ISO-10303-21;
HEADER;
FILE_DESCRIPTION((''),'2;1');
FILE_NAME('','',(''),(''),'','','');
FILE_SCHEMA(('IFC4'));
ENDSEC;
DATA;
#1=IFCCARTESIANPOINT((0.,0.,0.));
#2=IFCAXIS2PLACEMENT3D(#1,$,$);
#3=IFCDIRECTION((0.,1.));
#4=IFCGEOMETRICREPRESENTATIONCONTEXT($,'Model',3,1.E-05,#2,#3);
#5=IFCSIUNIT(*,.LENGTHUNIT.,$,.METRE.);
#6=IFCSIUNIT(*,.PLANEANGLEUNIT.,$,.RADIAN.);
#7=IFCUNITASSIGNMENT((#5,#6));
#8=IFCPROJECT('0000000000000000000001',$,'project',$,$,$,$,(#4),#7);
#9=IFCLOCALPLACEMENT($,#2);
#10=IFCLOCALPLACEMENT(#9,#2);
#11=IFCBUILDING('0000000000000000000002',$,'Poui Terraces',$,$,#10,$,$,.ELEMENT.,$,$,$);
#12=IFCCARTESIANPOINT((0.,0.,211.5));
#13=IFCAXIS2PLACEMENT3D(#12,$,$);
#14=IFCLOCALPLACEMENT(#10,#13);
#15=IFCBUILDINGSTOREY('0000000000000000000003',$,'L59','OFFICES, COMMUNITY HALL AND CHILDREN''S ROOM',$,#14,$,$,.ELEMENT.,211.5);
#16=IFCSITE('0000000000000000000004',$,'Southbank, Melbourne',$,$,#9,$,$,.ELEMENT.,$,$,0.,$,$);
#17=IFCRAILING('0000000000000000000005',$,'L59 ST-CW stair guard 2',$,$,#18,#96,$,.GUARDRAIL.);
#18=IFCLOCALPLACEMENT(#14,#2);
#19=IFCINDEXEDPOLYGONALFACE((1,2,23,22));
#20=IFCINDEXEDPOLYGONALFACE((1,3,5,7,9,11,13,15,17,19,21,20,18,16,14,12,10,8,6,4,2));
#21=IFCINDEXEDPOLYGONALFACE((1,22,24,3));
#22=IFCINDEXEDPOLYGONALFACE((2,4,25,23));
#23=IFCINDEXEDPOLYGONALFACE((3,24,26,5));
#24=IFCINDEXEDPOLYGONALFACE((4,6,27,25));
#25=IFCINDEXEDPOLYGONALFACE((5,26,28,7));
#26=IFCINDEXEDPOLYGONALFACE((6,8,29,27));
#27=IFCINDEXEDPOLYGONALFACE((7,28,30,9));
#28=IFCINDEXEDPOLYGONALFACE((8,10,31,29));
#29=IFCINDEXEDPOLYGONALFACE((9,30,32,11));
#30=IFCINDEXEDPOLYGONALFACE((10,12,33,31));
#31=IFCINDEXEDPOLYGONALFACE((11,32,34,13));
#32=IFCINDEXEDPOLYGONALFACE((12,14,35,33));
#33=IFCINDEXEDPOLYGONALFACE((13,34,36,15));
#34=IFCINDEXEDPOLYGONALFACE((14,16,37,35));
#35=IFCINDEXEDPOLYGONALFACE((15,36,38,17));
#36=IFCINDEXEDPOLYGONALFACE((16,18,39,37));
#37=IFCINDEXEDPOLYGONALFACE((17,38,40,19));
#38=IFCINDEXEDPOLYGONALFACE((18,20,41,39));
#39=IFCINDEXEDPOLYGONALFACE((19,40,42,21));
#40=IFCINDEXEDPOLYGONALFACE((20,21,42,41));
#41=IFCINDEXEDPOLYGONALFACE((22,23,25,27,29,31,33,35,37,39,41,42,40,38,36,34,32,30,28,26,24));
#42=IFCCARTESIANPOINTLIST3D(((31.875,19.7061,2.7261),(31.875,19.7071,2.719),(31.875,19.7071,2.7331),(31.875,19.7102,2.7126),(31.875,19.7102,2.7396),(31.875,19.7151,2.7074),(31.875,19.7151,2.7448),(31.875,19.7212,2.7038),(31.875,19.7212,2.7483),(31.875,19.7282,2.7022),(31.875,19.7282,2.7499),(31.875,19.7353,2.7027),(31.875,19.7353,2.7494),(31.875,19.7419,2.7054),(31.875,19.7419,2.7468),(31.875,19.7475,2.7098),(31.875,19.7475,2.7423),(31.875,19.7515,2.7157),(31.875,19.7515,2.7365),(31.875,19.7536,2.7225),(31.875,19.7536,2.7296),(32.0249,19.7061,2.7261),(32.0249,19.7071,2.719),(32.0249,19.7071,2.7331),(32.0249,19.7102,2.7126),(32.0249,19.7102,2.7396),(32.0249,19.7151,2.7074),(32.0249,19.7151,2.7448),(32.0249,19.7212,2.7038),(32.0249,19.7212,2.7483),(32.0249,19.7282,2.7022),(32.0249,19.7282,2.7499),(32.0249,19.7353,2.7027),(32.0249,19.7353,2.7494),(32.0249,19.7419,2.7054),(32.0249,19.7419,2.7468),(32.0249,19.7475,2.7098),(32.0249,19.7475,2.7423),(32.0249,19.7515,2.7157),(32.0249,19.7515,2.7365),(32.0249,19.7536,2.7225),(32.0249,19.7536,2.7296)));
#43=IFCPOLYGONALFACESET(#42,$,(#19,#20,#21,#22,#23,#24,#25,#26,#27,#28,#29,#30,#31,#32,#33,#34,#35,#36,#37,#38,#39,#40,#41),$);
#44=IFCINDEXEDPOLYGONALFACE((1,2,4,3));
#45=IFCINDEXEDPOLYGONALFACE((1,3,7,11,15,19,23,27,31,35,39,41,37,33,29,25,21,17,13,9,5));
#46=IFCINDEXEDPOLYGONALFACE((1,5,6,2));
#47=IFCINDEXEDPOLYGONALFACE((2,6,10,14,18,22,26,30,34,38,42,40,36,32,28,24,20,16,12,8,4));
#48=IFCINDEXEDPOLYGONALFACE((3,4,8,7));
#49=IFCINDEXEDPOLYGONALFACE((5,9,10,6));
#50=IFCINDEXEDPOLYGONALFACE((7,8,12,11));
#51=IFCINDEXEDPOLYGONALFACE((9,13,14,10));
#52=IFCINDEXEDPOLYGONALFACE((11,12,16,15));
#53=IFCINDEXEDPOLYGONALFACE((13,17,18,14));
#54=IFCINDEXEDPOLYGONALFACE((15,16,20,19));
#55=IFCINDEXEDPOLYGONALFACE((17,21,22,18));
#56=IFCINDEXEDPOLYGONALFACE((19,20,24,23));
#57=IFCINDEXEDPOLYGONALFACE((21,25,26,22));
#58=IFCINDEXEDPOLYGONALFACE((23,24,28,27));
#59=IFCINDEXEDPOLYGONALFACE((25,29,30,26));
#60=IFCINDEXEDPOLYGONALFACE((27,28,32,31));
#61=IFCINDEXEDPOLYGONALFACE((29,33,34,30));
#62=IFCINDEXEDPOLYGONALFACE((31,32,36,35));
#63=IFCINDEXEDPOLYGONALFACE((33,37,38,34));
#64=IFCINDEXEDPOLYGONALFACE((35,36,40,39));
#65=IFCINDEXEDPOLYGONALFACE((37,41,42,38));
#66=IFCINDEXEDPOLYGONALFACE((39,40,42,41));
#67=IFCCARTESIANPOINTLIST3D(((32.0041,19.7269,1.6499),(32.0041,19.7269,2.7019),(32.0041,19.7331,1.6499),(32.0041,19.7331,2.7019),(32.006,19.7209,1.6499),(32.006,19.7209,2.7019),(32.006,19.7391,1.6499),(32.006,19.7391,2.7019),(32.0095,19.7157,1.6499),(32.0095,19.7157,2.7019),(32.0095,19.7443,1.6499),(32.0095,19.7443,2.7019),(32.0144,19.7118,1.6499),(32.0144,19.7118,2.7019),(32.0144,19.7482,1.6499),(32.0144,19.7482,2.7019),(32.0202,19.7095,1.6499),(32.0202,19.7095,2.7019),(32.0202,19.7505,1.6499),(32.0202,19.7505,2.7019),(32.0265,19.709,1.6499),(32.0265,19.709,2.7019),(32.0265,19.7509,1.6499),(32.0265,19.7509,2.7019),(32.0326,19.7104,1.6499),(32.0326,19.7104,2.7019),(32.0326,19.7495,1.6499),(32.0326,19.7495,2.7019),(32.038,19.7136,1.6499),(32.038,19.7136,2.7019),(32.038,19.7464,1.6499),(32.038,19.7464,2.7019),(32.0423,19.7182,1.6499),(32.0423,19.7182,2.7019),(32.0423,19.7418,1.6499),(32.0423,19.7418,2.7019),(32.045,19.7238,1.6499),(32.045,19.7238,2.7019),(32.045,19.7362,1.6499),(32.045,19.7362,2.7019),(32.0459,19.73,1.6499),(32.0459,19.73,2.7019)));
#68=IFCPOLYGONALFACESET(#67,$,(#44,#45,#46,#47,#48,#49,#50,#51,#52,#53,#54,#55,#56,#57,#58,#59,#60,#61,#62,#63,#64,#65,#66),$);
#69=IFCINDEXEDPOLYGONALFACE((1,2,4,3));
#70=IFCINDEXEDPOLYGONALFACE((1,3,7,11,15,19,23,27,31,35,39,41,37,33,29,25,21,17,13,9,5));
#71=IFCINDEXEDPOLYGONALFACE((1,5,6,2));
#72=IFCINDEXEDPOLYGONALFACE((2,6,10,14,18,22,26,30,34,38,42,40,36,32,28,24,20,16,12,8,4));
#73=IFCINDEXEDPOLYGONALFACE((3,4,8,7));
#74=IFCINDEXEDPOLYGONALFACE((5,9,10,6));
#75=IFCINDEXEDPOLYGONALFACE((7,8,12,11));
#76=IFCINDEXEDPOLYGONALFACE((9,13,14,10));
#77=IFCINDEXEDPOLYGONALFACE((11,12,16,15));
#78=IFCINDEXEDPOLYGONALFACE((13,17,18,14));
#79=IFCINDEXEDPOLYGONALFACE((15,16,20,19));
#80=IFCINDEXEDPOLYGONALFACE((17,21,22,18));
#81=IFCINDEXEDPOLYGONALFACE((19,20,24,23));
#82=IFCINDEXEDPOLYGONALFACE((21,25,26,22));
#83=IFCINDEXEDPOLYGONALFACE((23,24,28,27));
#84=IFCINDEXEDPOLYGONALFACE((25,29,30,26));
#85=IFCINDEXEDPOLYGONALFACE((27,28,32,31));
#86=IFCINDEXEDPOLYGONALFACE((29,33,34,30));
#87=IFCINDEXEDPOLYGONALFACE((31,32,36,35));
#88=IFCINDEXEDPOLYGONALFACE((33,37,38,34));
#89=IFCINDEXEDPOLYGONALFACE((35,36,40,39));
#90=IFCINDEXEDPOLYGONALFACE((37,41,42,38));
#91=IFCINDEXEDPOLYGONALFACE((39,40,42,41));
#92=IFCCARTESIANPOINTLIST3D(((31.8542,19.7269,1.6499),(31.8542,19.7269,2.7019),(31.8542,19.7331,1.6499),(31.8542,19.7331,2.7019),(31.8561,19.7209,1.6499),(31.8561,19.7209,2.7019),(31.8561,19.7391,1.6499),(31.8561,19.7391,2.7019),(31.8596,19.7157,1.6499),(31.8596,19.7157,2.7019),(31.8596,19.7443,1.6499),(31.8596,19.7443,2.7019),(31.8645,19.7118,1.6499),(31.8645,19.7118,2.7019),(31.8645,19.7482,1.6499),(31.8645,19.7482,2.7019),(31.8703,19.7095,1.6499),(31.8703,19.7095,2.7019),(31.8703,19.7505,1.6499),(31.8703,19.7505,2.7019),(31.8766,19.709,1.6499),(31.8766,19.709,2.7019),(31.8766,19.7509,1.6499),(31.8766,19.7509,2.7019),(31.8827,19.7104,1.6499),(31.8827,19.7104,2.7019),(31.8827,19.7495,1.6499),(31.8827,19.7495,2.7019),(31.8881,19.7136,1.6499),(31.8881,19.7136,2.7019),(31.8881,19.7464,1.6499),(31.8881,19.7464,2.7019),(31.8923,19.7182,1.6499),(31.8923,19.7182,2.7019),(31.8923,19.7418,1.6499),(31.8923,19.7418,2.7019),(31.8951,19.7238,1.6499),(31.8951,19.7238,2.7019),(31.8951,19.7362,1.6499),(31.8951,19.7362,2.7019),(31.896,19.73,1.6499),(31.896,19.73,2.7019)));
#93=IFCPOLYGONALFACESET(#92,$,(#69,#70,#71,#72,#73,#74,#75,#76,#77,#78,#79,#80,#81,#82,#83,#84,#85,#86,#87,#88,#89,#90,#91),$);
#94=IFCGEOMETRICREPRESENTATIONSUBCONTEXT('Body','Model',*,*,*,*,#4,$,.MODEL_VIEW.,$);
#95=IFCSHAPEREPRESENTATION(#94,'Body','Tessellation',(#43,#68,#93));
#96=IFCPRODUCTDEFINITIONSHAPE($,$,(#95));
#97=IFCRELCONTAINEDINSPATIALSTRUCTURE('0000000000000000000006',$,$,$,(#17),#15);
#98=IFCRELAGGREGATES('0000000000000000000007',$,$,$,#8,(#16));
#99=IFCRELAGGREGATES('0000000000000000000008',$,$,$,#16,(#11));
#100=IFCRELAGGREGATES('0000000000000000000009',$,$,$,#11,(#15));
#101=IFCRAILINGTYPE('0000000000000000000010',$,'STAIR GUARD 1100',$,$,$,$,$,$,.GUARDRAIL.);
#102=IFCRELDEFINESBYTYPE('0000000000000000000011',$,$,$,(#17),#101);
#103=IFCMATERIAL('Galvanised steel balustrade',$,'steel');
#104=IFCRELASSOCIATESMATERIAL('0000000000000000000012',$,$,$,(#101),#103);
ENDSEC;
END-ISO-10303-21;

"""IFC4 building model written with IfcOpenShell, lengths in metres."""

from ifc_helpers import new_model, si_unit, direction, frame, origin, origin_2d, place, context, subcontext, project, spatial, circle, extrude, material, type_object, element, save


model = new_model("IFC4")

# Units and contexts
model_context = context("Model", 3, precision=1e-05, world=origin(), true_north=direction((0.0, 1.0)))
body_context = subcontext(model_context, "Body", "Model", "MODEL_VIEW")
ifc_project = project(units=[si_unit("LENGTHUNIT", "METRE"), si_unit("PLANEANGLEUNIT", "RADIAN")], contexts=[model_context])

# Site, building, storey
site_placement = place(None, origin())
site = spatial("IfcSite", under=ifc_project, at=site_placement, Name="Southbank, Melbourne", CompositionType="ELEMENT", RefElevation=0.0)
building_placement = place(site_placement, origin())
building = spatial("IfcBuilding", under=site, at=building_placement, Name="Poui Terraces", CompositionType="ELEMENT")
storey_placement = place(building_placement, frame((0.0, 0.0, 211.5)))
storey = spatial("IfcBuildingStorey", under=building, at=storey_placement, Name="L59", Description="OFFICES, COMMUNITY HALL AND CHILDREN'S ROOM", CompositionType="ELEMENT", Elevation=211.5)

# Railing
ifc_material_1 = material(Name="Galvanised steel balustrade", Category="steel")
railing_type_1 = type_object("IfcRailingType", Name="STAIR GUARD 1100", PredefinedType="GUARDRAIL", material=ifc_material_1)
railing_1_placement = place(storey_placement, frame((32.0249, 19.73, 1.6499)))
element("IfcRailing", 1, at=railing_1_placement, inside=storey, type_object=railing_type_1, Name="L59 ST-CW stair guard 2", PredefinedType="GUARDRAIL", context=body_context, shape_type="SweptSolid", body=[
    extrude(circle(Radius=0.0239, at=origin_2d()), frame((0.0, 0.0, 1.0762), z_axis=(-1.0, 0.0, 0.0), x_axis=(0.0, -1.0, 0.0)), (0.0, 0.0, 1.0), 0.1499),
    extrude(circle(Radius=0.021, at=origin_2d()), origin(), (0.0, 0.0, 1.0), 1.052),
    extrude(circle(Radius=0.021, at=origin_2d()), frame((-0.1499, 0.0, 0.0)), (0.0, 0.0, 1.0), 1.052),
])

save(model, "model.ifc")
